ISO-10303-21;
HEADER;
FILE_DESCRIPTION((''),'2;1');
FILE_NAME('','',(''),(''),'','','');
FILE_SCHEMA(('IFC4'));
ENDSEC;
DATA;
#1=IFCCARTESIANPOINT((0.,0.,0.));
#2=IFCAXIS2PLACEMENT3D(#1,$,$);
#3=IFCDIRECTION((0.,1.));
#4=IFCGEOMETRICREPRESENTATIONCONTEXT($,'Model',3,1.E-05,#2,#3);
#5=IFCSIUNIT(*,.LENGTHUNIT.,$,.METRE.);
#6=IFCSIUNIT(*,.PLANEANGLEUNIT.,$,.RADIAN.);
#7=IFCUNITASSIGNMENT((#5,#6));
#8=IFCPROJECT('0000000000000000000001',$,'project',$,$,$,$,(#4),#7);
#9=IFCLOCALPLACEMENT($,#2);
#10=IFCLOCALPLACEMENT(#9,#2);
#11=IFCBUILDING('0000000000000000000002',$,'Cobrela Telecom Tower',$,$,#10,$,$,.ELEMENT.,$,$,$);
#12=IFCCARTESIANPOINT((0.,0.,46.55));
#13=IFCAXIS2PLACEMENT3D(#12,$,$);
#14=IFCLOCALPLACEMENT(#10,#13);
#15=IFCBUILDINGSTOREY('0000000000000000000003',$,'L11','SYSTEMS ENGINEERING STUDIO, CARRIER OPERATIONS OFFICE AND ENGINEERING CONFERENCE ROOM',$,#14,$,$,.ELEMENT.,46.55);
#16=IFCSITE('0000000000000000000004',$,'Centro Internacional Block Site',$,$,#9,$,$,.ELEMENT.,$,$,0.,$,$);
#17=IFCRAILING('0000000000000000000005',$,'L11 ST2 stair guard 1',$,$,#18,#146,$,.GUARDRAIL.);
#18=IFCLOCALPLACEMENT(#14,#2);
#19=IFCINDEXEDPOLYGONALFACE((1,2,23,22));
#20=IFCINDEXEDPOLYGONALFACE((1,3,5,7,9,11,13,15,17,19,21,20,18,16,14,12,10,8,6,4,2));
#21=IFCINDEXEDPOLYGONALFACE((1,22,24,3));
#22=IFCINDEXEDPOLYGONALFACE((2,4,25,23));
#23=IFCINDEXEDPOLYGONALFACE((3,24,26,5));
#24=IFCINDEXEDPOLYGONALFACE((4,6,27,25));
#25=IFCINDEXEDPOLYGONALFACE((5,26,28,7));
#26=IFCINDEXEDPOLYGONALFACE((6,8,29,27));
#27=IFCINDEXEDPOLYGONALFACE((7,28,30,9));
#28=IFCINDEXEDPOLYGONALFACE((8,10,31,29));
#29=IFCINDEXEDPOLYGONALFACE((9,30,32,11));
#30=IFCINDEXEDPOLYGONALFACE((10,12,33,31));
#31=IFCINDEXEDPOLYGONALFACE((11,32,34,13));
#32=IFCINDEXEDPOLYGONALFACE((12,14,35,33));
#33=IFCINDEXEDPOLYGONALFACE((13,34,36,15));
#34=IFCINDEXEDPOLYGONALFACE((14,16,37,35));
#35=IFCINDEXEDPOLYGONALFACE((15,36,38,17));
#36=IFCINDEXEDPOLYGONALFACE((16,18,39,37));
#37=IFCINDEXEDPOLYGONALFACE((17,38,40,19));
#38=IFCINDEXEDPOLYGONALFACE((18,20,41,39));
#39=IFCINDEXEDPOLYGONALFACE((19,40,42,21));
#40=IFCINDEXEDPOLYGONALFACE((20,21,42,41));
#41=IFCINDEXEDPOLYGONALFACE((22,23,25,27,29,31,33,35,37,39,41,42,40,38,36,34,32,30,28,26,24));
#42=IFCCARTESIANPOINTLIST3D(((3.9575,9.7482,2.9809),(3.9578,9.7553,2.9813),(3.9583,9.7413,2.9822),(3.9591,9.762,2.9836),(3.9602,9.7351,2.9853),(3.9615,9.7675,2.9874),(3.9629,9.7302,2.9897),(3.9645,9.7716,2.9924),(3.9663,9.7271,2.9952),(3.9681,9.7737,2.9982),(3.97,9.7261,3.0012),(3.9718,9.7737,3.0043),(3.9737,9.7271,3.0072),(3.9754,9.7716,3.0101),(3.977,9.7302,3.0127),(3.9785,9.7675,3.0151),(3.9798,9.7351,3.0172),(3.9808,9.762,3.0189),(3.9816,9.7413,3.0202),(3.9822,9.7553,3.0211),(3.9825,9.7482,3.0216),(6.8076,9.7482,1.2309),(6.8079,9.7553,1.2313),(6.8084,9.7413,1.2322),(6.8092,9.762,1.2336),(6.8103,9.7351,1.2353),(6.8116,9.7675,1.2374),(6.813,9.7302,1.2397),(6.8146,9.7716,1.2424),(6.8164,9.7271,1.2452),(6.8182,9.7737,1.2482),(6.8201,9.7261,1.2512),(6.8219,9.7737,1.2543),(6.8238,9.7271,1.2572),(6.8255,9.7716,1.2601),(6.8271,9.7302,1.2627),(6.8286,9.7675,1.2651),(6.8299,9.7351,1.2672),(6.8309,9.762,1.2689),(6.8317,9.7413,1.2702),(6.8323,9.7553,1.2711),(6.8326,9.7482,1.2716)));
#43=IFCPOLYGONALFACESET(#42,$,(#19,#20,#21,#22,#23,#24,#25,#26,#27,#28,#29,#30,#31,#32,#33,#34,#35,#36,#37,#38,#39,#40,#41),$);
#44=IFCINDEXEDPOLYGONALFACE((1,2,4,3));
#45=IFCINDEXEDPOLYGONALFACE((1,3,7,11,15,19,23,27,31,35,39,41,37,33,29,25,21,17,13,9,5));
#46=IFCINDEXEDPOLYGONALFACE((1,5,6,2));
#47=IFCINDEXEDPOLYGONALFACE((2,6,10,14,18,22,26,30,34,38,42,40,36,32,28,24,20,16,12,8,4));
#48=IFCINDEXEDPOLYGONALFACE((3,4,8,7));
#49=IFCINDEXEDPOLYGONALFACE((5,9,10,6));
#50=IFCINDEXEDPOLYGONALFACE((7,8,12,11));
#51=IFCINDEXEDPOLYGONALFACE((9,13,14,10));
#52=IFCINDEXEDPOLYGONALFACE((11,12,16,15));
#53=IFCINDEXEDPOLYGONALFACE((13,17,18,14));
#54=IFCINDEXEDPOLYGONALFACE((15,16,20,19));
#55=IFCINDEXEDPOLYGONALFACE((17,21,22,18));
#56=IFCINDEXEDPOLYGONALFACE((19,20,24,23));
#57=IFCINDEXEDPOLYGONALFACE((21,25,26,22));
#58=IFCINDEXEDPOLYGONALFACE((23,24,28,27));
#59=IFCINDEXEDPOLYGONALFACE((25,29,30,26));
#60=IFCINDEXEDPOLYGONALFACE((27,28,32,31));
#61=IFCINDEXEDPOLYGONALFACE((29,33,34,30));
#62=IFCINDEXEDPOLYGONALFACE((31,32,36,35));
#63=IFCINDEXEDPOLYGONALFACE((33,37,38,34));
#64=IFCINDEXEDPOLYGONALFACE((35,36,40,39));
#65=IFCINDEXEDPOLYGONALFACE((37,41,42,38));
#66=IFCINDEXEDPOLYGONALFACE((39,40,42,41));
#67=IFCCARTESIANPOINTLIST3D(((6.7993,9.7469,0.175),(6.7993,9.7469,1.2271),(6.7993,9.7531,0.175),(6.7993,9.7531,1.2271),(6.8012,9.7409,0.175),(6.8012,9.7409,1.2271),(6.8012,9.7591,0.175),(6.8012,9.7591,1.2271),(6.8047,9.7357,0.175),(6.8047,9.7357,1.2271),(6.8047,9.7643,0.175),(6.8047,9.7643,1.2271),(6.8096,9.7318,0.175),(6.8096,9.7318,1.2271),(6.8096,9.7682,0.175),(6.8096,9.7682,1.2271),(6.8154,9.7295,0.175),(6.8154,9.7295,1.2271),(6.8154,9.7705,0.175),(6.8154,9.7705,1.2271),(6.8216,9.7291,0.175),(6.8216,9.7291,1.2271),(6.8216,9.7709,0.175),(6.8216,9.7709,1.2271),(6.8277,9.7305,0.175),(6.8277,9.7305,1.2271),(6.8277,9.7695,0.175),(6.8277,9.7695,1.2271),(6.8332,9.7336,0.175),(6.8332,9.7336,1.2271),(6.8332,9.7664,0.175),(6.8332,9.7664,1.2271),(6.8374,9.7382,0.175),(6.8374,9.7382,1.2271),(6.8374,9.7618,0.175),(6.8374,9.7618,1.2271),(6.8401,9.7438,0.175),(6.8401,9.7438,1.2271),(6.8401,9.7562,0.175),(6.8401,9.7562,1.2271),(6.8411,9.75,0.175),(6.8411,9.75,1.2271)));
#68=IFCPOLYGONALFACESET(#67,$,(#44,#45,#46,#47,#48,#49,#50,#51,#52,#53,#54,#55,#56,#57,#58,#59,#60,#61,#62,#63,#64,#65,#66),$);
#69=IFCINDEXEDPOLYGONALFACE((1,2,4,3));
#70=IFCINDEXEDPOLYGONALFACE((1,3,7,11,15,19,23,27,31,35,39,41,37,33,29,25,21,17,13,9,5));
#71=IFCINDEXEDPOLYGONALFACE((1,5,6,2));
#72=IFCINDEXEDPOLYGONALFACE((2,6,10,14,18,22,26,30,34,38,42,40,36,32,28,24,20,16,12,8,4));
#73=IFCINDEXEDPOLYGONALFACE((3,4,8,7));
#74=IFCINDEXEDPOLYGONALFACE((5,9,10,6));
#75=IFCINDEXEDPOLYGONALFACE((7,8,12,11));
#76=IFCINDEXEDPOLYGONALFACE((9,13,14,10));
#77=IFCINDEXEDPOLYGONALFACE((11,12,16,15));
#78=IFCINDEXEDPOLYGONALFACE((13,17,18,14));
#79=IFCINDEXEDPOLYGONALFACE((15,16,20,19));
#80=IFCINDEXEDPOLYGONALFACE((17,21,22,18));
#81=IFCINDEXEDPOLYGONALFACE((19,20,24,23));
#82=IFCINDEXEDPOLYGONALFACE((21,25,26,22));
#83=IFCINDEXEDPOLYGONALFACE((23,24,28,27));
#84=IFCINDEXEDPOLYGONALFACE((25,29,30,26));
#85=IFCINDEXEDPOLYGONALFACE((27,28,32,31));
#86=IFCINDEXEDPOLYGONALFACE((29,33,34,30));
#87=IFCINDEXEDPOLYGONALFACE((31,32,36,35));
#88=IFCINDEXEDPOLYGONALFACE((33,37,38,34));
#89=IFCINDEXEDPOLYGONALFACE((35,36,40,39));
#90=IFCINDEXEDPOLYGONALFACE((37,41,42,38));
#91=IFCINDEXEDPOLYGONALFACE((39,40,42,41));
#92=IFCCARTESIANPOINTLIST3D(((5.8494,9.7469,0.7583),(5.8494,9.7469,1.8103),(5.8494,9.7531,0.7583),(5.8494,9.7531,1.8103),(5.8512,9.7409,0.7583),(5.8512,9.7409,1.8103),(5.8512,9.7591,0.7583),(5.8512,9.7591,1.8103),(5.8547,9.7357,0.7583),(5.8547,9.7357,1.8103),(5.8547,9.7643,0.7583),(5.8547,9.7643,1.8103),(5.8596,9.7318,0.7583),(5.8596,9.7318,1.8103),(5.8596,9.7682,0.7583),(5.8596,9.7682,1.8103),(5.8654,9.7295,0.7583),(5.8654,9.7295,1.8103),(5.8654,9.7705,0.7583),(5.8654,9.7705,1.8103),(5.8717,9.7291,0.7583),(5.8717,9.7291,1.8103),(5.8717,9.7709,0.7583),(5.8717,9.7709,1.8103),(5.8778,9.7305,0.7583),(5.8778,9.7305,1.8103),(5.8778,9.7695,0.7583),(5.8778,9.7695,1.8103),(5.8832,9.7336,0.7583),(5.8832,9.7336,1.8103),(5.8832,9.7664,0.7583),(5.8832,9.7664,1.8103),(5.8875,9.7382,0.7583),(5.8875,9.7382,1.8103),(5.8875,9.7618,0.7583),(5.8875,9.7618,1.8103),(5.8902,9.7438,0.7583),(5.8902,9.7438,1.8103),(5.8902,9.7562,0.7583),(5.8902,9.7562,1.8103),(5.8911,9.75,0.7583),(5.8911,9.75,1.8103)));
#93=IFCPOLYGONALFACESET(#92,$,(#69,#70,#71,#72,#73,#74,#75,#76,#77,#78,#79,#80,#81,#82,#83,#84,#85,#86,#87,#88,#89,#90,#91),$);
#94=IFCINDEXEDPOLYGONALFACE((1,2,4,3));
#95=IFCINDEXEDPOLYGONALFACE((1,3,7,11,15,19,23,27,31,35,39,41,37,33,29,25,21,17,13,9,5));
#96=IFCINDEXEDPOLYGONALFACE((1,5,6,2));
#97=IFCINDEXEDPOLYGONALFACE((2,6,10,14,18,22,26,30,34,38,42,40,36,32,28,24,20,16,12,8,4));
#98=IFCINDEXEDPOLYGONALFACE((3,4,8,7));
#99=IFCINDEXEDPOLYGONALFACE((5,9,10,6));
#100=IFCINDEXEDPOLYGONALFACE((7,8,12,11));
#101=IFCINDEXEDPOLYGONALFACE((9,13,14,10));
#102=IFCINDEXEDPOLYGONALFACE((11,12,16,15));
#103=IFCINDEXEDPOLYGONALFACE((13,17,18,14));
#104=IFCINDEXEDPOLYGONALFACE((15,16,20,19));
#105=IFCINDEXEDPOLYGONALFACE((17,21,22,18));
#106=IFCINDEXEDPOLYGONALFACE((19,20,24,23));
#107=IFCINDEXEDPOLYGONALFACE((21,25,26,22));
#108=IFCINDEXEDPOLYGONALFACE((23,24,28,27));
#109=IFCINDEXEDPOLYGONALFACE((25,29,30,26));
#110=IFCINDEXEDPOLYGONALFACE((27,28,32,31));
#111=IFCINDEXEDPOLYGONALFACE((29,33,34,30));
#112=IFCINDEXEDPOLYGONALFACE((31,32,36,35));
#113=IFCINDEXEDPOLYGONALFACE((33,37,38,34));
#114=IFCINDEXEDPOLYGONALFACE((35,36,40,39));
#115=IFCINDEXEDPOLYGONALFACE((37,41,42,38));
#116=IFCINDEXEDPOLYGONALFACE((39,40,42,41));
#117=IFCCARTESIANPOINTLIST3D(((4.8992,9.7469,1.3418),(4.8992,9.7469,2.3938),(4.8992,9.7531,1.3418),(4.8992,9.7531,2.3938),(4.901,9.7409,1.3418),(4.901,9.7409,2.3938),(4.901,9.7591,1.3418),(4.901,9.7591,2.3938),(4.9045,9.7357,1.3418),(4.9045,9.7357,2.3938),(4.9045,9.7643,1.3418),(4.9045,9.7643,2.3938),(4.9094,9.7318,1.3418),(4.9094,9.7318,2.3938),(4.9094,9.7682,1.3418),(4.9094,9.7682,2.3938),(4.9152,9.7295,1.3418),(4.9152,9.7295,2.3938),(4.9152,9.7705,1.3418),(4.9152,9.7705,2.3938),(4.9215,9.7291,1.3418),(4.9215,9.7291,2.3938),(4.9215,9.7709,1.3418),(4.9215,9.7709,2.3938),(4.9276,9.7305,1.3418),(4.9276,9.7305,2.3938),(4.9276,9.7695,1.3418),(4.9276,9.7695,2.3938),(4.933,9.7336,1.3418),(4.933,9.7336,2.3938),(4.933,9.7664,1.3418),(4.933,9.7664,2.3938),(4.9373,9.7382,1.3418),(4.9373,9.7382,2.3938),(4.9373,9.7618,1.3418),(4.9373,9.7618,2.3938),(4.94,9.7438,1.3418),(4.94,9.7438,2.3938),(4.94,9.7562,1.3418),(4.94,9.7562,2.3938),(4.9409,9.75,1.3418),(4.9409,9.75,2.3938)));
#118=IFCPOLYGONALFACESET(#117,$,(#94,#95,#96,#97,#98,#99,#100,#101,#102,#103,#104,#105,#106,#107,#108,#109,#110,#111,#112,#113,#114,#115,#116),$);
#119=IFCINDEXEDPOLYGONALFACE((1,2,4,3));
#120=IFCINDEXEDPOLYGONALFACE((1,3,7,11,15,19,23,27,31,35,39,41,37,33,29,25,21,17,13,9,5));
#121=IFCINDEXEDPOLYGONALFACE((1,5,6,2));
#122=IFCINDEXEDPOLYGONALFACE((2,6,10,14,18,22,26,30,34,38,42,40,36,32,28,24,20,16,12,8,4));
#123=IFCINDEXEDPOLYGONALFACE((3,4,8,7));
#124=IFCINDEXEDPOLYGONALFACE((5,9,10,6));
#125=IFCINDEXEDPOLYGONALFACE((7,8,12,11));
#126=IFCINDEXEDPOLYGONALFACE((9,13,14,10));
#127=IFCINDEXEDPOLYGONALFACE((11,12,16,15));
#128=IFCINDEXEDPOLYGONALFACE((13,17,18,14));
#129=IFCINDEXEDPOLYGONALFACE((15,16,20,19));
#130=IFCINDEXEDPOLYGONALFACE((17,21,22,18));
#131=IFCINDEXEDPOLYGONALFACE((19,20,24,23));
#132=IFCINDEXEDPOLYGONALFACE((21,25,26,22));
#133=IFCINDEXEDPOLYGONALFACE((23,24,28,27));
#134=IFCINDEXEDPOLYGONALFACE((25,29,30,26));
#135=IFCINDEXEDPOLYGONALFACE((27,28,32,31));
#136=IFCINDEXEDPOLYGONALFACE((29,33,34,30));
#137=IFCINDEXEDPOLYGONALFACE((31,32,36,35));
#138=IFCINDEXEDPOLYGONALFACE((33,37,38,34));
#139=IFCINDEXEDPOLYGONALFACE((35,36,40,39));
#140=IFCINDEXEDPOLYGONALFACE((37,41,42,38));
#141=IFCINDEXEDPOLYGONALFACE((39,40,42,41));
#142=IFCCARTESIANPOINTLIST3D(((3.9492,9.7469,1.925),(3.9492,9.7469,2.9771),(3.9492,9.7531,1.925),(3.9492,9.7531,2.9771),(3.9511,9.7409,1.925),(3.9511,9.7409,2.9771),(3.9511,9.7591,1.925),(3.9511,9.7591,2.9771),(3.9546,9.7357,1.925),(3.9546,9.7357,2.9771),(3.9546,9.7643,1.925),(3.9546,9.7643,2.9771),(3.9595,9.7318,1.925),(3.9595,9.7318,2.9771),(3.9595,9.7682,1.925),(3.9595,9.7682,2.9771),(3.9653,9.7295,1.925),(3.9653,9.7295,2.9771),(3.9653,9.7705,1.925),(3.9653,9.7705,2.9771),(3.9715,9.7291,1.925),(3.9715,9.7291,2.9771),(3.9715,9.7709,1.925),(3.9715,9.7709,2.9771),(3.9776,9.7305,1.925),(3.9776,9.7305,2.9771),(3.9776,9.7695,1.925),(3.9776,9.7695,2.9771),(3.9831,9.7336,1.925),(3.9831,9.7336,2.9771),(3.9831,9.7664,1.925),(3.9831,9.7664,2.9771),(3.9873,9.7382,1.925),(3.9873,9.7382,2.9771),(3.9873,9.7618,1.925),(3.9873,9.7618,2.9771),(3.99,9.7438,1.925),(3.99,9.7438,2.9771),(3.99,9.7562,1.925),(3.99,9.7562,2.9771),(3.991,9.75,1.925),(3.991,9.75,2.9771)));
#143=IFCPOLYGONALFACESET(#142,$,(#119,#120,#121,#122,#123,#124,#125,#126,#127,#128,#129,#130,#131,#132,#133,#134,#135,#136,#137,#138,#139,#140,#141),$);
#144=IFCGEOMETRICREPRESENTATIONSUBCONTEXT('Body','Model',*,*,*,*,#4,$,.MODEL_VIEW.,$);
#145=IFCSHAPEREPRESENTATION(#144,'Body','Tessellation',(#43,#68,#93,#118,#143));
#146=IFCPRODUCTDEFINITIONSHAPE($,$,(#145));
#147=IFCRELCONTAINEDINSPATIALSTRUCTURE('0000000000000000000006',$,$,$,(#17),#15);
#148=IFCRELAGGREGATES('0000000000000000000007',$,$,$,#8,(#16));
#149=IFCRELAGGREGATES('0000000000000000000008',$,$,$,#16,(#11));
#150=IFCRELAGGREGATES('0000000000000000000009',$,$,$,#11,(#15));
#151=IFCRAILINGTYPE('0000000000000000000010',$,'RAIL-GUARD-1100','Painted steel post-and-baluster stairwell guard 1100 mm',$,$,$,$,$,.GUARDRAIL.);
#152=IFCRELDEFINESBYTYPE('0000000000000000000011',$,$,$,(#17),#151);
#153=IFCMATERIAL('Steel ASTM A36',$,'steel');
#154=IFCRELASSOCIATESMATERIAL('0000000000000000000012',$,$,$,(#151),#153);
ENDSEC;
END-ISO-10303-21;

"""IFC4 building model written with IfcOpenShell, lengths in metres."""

from ifc_helpers import new_model, si_unit, direction, frame, origin, origin_2d, place, context, subcontext, project, spatial, circle, extrude, material, type_object, element, save


model = new_model("IFC4")

# Units and contexts
model_context = context("Model", 3, precision=1e-05, world=origin(), true_north=direction((0.0, 1.0)))
body_context = subcontext(model_context, "Body", "Model", "MODEL_VIEW")
ifc_project = project(units=[si_unit("LENGTHUNIT", "METRE"), si_unit("PLANEANGLEUNIT", "RADIAN")], contexts=[model_context])

# Site, building, storey
site_placement = place(None, origin())
site = spatial("IfcSite", under=ifc_project, at=site_placement, Name="Centro Internacional Block Site", CompositionType="ELEMENT", RefElevation=0.0)
building_placement = place(site_placement, origin())
building = spatial("IfcBuilding", under=site, at=building_placement, Name="Cobrela Telecom Tower", CompositionType="ELEMENT")
storey_placement = place(building_placement, frame((0.0, 0.0, 46.55)))
storey = spatial("IfcBuildingStorey", under=building, at=storey_placement, Name="L11", Description="SYSTEMS ENGINEERING STUDIO, CARRIER OPERATIONS OFFICE AND ENGINEERING CONFERENCE ROOM", CompositionType="ELEMENT", Elevation=46.55)

# Railing
ifc_material_1 = material(Name="Steel ASTM A36", Category="steel")
railing_type_1 = type_object("IfcRailingType", Name="RAIL-GUARD-1100", Description="Painted steel post-and-baluster stairwell guard 1100 mm", PredefinedType="GUARDRAIL", material=ifc_material_1)
railing_1_placement = place(storey_placement, frame((6.8201, 9.75, 0.175)))
element("IfcRailing", 1, at=railing_1_placement, inside=storey, type_object=railing_type_1, Name="L11 ST2 stair guard 1", PredefinedType="GUARDRAIL", context=body_context, shape_type="SweptSolid", body=[
    extrude(circle(Radius=0.0239, at=origin_2d()), frame((0.0, 0.0, 1.0762), z_axis=(-0.852179, 0.0, 0.52325), x_axis=(0.0, -1.0, 0.0)), (0.0, 0.0, 1.0), 3.3445),
    extrude(circle(Radius=0.021, at=origin_2d()), origin(), (0.0, 0.0, 1.0), 1.052),
    extrude(circle(Radius=0.021, at=origin_2d()), frame((-0.95, 0.0, 0.5833)), (0.0, 0.0, 1.0), 1.052),
    extrude(circle(Radius=0.021, at=origin_2d()), frame((-1.9001, 0.0, 1.1667)), (0.0, 0.0, 1.0), 1.052),
    extrude(circle(Radius=0.021, at=origin_2d()), frame((-2.8501, 0.0, 1.75)), (0.0, 0.0, 1.0), 1.052),
])

save(model, "model.ifc")
